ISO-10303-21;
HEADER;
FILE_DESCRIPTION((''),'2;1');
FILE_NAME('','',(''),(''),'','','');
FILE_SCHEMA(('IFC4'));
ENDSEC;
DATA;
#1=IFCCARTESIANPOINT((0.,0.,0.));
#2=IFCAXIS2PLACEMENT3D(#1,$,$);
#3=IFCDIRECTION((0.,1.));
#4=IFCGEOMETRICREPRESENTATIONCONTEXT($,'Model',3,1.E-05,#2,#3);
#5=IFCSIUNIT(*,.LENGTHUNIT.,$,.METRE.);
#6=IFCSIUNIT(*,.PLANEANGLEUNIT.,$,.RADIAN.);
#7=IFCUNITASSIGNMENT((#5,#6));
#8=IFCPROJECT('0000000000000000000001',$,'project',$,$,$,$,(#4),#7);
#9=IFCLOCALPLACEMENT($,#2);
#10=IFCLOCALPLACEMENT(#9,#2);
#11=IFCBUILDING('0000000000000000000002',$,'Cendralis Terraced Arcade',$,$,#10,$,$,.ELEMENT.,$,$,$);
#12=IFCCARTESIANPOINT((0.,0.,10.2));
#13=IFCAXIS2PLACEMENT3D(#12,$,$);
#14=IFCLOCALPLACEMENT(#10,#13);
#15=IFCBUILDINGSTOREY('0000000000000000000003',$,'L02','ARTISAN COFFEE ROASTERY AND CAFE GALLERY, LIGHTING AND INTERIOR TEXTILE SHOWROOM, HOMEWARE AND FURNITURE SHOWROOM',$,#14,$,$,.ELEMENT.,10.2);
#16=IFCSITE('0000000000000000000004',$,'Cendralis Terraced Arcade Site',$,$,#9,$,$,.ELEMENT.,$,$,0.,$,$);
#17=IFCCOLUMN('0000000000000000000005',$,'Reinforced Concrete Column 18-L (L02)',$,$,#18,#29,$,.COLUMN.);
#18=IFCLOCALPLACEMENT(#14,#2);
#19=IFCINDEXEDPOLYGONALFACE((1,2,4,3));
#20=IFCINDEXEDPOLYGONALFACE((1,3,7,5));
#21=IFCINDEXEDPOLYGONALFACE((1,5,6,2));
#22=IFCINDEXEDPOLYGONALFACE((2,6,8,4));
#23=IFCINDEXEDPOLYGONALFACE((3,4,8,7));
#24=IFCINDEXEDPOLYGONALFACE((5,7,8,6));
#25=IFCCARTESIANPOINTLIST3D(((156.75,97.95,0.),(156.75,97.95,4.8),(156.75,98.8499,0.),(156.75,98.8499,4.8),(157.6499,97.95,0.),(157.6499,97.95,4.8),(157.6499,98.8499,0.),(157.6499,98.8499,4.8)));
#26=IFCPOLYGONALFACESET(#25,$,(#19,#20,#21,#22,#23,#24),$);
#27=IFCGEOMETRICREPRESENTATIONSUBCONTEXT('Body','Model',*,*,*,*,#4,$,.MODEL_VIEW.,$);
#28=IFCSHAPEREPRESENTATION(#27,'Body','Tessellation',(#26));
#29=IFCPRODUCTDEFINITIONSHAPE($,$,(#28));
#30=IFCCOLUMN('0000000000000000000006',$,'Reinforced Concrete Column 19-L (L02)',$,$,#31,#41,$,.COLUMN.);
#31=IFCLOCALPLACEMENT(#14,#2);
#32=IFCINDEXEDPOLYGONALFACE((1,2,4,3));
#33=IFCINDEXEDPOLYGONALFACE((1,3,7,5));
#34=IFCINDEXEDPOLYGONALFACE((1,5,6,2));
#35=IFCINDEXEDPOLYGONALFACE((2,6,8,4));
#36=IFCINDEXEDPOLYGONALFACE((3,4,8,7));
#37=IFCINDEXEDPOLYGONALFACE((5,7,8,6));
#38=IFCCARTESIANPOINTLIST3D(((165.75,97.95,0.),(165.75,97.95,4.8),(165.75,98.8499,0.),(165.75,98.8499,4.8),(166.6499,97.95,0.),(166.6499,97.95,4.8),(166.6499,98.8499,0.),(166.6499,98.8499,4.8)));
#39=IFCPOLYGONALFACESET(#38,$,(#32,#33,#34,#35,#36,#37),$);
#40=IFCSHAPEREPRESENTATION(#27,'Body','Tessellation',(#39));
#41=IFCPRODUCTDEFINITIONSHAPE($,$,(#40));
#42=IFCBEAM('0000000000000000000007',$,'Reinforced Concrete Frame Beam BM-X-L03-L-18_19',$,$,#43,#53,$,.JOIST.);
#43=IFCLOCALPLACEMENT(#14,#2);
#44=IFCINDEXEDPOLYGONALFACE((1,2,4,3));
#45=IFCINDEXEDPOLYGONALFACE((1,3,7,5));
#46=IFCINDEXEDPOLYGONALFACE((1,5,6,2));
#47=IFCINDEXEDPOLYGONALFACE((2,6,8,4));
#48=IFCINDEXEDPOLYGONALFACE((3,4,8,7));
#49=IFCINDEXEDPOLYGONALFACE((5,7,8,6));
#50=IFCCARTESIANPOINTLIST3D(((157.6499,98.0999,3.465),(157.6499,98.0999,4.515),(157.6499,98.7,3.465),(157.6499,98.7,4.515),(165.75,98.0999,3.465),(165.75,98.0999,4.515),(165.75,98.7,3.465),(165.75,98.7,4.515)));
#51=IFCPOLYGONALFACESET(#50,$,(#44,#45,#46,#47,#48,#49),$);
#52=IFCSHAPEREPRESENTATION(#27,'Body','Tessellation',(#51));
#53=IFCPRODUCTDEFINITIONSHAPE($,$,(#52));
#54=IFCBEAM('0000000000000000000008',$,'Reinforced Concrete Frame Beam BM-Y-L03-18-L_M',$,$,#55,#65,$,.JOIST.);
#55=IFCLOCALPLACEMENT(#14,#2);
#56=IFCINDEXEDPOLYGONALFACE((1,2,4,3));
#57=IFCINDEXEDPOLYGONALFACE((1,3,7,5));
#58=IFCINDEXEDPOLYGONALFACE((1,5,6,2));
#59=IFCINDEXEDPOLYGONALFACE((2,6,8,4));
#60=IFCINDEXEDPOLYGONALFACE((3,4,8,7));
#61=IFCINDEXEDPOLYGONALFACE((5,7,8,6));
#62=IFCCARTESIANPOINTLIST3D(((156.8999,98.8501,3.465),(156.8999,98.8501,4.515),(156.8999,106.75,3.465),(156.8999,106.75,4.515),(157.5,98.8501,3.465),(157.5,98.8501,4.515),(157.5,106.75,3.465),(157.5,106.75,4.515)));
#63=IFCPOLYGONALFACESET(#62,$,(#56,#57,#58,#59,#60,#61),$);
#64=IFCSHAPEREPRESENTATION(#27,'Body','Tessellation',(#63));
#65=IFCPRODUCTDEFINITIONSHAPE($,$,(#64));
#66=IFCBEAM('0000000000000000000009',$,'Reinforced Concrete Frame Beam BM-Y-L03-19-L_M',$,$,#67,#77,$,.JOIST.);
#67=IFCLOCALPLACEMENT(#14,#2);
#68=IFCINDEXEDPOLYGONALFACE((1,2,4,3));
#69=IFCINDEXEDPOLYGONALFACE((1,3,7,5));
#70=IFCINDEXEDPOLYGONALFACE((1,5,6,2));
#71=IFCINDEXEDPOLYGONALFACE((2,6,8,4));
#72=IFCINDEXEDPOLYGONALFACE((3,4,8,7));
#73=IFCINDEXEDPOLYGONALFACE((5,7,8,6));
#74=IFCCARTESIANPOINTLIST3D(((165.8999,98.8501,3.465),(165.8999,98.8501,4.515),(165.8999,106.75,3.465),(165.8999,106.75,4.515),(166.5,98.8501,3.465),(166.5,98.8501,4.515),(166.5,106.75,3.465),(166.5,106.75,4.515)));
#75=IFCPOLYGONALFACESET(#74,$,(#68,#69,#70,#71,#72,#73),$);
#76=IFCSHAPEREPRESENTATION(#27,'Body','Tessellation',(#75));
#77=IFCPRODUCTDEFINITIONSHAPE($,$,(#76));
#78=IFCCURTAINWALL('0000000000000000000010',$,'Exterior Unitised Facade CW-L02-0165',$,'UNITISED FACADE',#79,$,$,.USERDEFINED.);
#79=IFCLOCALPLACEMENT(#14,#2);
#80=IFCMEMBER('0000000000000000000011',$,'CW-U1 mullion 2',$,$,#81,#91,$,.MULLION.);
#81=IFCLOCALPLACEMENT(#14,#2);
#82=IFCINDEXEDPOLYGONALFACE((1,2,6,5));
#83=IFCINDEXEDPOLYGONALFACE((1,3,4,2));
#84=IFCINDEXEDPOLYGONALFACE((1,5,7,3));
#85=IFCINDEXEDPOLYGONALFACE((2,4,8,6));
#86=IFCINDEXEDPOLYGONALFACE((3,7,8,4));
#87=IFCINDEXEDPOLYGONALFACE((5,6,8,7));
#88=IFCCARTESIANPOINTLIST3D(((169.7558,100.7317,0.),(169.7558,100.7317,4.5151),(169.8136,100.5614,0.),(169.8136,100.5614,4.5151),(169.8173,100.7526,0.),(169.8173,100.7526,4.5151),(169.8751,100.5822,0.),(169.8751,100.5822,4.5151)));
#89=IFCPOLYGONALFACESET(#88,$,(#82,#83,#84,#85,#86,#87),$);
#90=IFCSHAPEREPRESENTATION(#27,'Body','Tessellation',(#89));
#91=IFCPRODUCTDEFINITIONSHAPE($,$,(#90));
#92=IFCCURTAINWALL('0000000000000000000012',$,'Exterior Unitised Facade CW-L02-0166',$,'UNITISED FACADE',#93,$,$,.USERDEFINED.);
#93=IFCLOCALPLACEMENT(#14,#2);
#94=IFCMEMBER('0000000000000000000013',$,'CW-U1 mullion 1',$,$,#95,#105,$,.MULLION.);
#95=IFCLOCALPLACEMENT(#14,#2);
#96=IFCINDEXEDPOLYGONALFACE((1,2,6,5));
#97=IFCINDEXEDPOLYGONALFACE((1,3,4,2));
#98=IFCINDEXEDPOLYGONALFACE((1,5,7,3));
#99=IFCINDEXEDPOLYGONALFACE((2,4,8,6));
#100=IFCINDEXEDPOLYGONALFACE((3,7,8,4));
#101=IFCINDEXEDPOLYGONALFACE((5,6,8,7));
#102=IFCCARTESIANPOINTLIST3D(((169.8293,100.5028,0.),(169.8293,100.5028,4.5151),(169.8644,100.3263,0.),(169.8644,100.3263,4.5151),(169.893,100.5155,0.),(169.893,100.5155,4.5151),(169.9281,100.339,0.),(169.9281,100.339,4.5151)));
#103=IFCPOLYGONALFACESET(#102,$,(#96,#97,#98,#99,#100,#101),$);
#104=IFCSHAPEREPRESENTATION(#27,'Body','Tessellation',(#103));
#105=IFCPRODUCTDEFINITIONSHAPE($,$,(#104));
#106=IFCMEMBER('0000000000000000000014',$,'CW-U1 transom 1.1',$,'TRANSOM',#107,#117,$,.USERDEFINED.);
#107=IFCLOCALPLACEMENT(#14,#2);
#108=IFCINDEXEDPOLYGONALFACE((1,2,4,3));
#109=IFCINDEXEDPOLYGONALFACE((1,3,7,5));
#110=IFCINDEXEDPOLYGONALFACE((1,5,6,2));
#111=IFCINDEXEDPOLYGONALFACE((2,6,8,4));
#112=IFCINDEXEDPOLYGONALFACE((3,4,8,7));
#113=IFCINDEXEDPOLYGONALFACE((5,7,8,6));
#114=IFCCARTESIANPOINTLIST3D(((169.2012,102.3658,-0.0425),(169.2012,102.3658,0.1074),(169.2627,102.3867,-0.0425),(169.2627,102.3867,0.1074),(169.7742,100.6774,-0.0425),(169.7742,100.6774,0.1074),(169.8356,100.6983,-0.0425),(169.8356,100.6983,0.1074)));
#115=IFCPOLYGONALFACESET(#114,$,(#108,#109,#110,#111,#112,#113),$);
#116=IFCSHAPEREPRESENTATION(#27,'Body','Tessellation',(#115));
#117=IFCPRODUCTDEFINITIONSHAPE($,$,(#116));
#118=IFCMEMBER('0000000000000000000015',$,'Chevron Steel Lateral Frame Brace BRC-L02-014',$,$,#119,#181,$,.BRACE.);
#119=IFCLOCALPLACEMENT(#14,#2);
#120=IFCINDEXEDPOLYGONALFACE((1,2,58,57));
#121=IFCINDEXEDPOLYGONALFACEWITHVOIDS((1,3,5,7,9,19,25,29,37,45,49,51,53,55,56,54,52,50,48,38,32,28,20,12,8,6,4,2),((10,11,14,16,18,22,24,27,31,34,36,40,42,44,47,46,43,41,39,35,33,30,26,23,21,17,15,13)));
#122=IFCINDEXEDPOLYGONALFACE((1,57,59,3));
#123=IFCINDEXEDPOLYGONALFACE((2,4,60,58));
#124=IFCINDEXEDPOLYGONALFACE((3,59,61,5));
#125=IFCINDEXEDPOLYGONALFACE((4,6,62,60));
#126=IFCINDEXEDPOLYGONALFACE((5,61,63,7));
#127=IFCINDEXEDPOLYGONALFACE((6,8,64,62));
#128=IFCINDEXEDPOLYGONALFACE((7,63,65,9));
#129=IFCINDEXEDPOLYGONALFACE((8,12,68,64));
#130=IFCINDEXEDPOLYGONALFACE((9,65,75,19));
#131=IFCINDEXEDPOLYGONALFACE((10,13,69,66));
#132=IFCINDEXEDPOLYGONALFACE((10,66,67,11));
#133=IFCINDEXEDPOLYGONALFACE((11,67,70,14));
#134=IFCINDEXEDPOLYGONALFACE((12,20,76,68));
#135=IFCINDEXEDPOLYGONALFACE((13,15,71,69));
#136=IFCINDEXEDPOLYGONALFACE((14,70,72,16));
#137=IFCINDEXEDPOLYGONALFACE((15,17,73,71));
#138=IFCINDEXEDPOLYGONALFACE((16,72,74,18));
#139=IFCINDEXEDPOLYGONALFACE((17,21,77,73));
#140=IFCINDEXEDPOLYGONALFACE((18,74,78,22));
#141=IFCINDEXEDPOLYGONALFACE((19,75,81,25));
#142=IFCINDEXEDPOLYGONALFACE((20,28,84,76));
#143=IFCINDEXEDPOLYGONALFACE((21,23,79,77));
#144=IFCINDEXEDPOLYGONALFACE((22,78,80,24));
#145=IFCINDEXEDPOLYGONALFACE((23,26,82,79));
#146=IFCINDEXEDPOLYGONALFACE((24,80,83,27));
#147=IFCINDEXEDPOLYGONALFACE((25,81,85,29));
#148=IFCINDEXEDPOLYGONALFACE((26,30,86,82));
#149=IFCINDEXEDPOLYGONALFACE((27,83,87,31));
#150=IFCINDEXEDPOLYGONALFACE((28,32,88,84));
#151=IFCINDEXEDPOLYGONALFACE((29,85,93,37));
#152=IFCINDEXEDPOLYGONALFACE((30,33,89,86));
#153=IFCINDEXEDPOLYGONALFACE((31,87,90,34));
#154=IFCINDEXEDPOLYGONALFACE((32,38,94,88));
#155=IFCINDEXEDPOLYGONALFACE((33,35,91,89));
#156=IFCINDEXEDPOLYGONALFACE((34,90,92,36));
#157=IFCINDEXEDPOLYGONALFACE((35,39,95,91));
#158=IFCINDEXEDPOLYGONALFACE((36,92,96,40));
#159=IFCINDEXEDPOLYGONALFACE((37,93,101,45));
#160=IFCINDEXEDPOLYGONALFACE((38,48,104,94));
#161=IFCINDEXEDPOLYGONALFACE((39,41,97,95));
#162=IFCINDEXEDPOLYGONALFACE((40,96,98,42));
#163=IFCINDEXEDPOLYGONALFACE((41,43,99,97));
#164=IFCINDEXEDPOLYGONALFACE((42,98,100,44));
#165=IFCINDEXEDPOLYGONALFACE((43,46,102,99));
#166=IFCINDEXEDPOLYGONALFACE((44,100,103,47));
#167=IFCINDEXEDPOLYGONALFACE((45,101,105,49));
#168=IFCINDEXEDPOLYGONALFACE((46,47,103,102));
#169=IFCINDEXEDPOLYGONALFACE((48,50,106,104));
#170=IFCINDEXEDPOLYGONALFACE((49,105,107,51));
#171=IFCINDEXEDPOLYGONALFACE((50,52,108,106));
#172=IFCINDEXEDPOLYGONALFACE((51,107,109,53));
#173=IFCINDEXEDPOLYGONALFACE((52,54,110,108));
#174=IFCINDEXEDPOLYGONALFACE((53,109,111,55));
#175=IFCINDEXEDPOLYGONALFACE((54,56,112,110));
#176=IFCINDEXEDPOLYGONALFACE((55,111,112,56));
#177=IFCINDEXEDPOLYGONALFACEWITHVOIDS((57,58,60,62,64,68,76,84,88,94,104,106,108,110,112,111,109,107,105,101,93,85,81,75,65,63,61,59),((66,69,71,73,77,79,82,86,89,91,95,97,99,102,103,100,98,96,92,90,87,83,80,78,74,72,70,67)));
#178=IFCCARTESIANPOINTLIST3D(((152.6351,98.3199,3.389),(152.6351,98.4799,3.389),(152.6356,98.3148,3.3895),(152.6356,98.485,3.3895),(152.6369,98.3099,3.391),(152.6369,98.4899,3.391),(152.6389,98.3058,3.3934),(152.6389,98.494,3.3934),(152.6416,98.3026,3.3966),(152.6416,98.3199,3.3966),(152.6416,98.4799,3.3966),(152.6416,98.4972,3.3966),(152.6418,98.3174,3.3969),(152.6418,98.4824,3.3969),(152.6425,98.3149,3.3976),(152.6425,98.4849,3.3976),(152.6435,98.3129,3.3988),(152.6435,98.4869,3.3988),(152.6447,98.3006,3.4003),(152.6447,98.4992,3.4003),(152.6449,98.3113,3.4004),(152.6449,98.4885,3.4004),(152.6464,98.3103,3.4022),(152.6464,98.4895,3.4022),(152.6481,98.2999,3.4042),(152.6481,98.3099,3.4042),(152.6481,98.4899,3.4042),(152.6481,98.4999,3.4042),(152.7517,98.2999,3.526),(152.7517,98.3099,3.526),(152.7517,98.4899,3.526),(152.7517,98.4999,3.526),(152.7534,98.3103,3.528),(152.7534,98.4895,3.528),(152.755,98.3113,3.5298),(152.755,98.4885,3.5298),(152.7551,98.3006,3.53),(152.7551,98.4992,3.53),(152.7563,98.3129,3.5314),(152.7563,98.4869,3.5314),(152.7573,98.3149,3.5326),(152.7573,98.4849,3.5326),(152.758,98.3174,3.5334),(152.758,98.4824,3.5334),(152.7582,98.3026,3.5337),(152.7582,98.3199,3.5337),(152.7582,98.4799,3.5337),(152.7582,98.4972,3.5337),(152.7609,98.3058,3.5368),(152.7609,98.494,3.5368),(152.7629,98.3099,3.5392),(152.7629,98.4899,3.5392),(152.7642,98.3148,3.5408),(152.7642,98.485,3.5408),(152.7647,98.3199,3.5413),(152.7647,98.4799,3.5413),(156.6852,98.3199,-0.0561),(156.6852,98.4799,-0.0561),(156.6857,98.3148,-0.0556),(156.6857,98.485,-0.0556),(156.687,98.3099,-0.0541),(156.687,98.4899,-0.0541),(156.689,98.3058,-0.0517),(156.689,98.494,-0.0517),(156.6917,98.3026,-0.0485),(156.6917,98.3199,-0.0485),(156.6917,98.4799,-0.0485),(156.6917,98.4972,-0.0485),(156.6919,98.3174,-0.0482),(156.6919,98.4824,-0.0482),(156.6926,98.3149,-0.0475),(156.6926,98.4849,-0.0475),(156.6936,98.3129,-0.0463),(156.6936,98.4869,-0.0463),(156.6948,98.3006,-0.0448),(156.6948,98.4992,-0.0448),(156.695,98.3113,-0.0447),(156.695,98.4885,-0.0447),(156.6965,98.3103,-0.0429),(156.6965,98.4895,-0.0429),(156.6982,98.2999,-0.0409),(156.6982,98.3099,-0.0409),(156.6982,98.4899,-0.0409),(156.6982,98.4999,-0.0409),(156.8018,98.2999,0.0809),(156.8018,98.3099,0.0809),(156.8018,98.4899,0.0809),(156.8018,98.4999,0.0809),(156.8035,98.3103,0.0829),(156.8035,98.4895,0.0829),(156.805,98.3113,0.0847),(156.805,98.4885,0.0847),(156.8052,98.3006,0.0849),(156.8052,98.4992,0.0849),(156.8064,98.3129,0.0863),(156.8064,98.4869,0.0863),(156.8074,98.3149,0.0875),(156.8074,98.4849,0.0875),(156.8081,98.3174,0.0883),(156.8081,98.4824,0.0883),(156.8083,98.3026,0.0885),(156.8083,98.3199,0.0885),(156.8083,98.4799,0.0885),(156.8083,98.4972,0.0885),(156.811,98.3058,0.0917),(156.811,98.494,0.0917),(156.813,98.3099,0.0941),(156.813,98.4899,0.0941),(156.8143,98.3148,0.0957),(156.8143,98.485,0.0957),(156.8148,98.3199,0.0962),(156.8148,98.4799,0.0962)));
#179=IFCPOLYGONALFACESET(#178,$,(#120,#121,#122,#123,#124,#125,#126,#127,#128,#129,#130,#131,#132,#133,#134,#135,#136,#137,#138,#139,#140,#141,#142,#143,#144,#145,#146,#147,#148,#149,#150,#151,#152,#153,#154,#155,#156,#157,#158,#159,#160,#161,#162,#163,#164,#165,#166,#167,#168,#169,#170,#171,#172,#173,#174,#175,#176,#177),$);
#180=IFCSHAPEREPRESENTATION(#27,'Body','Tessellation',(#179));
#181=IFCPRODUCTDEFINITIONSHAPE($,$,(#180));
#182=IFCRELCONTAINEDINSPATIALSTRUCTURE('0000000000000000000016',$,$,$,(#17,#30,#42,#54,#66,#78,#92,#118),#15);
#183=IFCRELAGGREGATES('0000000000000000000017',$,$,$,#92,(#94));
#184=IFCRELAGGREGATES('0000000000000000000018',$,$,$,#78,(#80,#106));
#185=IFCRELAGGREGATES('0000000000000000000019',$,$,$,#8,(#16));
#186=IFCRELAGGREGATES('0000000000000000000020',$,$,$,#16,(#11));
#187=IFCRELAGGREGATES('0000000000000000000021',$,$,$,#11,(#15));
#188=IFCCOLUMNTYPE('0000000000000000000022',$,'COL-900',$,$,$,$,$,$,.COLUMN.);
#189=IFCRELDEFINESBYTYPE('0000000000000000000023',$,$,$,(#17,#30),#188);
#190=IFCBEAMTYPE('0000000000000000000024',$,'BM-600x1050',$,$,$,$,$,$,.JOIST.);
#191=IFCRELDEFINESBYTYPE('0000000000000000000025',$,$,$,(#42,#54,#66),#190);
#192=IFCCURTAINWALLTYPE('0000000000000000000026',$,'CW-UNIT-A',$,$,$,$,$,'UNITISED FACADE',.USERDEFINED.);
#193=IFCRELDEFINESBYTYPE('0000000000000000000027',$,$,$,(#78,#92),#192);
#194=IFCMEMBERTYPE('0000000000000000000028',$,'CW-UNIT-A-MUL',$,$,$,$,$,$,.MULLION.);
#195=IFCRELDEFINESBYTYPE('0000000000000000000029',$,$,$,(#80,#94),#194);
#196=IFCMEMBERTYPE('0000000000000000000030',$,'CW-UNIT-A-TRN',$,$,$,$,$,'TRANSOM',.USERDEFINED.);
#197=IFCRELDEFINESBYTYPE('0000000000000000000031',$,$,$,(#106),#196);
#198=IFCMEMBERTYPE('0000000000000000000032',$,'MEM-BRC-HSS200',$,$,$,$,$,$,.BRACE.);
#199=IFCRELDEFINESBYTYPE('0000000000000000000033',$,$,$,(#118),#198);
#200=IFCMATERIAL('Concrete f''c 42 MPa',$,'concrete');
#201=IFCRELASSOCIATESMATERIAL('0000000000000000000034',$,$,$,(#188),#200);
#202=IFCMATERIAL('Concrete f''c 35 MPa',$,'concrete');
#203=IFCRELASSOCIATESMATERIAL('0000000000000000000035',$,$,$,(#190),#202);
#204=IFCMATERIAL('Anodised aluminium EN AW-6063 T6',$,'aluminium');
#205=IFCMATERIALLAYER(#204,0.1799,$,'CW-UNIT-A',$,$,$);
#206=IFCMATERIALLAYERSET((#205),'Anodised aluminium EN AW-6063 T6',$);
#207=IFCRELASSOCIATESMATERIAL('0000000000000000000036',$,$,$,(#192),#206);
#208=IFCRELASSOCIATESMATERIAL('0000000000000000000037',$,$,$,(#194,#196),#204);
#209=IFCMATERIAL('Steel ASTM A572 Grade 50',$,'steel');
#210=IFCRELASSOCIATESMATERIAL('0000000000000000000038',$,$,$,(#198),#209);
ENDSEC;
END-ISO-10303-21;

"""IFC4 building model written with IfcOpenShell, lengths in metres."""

from ifc_helpers import new_model, si_unit, direction, frame, origin, origin_2d, place, context, subcontext, project, spatial, rectangle, hollow_rectangle, extrude, material, layer, layer_set, material_profile, profile_set, type_object, element, aggregate, save


model = new_model("IFC4")

# Units and contexts
model_context = context("Model", 3, precision=1e-05, world=origin(), true_north=direction((0.0, 1.0)))
body_context = subcontext(model_context, "Body", "Model", "MODEL_VIEW")
ifc_project = project(units=[si_unit("LENGTHUNIT", "METRE"), si_unit("PLANEANGLEUNIT", "RADIAN")], contexts=[model_context])

# Site, building, storey
site_placement = place(None, origin())
site = spatial("IfcSite", under=ifc_project, at=site_placement, Name="Cendralis Terraced Arcade Site", CompositionType="ELEMENT", RefElevation=0.0)
building_placement = place(site_placement, origin())
building = spatial("IfcBuilding", under=site, at=building_placement, Name="Cendralis Terraced Arcade", CompositionType="ELEMENT")
storey_placement = place(building_placement, frame((0.0, 0.0, 10.2)))
storey = spatial("IfcBuildingStorey", under=building, at=storey_placement, Name="L02", Description="ARTISAN COFFEE ROASTERY AND CAFE GALLERY, LIGHTING AND INTERIOR TEXTILE SHOWROOM, HOMEWARE AND FURNITURE SHOWROOM", CompositionType="ELEMENT", Elevation=10.2)

# Columns
ifc_material_1 = material(Name="Concrete f'c 42 MPa", Category="concrete")
ifc_material_profile_1 = material_profile(ifc_material_1, rectangle(XDim=0.8999, YDim=0.8999, at=origin_2d()), Name="RC-COL-900x900", Category="LoadBearing")
ifc_profile_set_1 = profile_set([ifc_material_profile_1], Name="Concrete f'c 42 MPa")
column_type = type_object("IfcColumnType", Name="COL-900", PredefinedType="COLUMN", material=ifc_profile_set_1)
for number, where, z_axis, x_axis, name in (
    (1, (157.2, 98.3999, 0.0), (0.0, 0.0, 1.0), (1.0, 0.0, 0.0), "Reinforced Concrete Column 18-L (L02)"),
    (2, (166.2, 98.3999, 0.0), (0.0, 0.0, 1.0), (1.0, 0.0, 0.0), "Reinforced Concrete Column 19-L (L02)"),
):
    element("IfcColumn", number, at=place(storey_placement, frame(where, z_axis=z_axis, x_axis=x_axis)), inside=storey, type_object=column_type, Name=name, PredefinedType="COLUMN", context=body_context, shape_type="SweptSolid", body=[
        extrude(rectangle(XDim=0.8999, YDim=0.8999, at=origin_2d()), origin(), (0.0, 0.0, 1.0), 4.8),
    ])

# Beams
ifc_material_2 = material(Name="Concrete f'c 35 MPa", Category="concrete")
ifc_material_profile_2 = material_profile(ifc_material_2, rectangle(XDim=0.6001, YDim=1.05, at=origin_2d()), Name="RC-BM-600x1050", Category="LoadBearing")
ifc_profile_set_2 = profile_set([ifc_material_profile_2], Name="Concrete f'c 35 MPa")
beam_type = type_object("IfcBeamType", Name="BM-600x1050", PredefinedType="JOIST", material=ifc_profile_set_2)
beam_placement = place(storey_placement, frame((157.6499, 98.3999, 3.99), z_axis=(1.0, 0.0, 0.0), x_axis=(0.0, 1.0, 0.0)))
element("IfcBeam", 3, at=beam_placement, inside=storey, type_object=beam_type, Name="Reinforced Concrete Frame Beam BM-X-L03-L-18_19", PredefinedType="JOIST", context=body_context, shape_type="SweptSolid", body=[
    extrude(rectangle(XDim=0.6001, YDim=1.05, at=origin_2d()), origin(), (0.0, 0.0, 1.0), 8.1001),
])
for number, where, z_axis, x_axis, name in (
    (4, (157.2, 98.8501, 3.99), (0.0, 1.0, 0.0), (-1.0, 0.0, 0.0), "Reinforced Concrete Frame Beam BM-Y-L03-18-L_M"),
    (5, (166.2, 98.8501, 3.99), (0.0, 1.0, 0.0), (-1.0, 0.0, 0.0), "Reinforced Concrete Frame Beam BM-Y-L03-19-L_M"),
):
    element("IfcBeam", number, at=place(storey_placement, frame(where, z_axis=z_axis, x_axis=x_axis)), inside=storey, type_object=beam_type, Name=name, PredefinedType="JOIST", context=body_context, shape_type="SweptSolid", body=[
        extrude(rectangle(XDim=0.6001, YDim=1.05, at=origin_2d()), origin(), (0.0, 0.0, 1.0), 7.8999),
    ])

# Curtain walls, members
ifc_material_3 = material(Name="Anodised aluminium EN AW-6063 T6", Category="aluminium")
ifc_layer_1 = layer(ifc_material_3, 0.1799, Name="CW-UNIT-A")
ifc_layer_set_1 = layer_set([ifc_layer_1], Name="Anodised aluminium EN AW-6063 T6")
curtain_wall_type = type_object("IfcCurtainWallType", Name="CW-UNIT-A", ElementType="UNITISED FACADE", PredefinedType="USERDEFINED", material=ifc_layer_set_1)
curtain_wall_1_placement = place(storey_placement, origin())
curtain_wall_1 = element("IfcCurtainWall", 6, at=curtain_wall_1_placement, inside=storey, type_object=curtain_wall_type, Name="Exterior Unitised Facade CW-L02-0165", ObjectType="UNITISED FACADE", PredefinedType="USERDEFINED")
ifc_material_profile_3 = material_profile(ifc_material_3, rectangle(XDim=0.0649, YDim=0.1799, at=origin_2d()), Name="ALU-MUL-65x180")
ifc_profile_set_3 = profile_set([ifc_material_profile_3], Name="Anodised aluminium EN AW-6063 T6")
member_type_1 = type_object("IfcMemberType", Name="CW-UNIT-A-MUL", PredefinedType="MULLION", material=ifc_profile_set_3)
member_1_placement = place(storey_placement, frame((169.8154, 100.657, 0.0), z_axis=(0.0, 0.0, 1.0), x_axis=(0.946928, 0.321445, 0.0)))
member_1 = element("IfcMember", 7, at=member_1_placement, type_object=member_type_1, Name="CW-U1 mullion 2", PredefinedType="MULLION", context=body_context, shape_type="SweptSolid", body=[
    extrude(rectangle(XDim=0.0649, YDim=0.1799, at=origin_2d()), origin(), (0.0, 0.0, 1.0), 4.5151),
])
curtain_wall_2_placement = place(storey_placement, origin())
curtain_wall_2 = element("IfcCurtainWall", 8, at=curtain_wall_2_placement, inside=storey, type_object=curtain_wall_type, Name="Exterior Unitised Facade CW-L02-0166", ObjectType="UNITISED FACADE", PredefinedType="USERDEFINED")
member_2_placement = place(storey_placement, frame((169.8787, 100.4209, 0.0), z_axis=(0.0, 0.0, 1.0), x_axis=(0.980793, 0.19505, 0.0)))
member_2 = element("IfcMember", 9, at=member_2_placement, type_object=member_type_1, Name="CW-U1 mullion 1", PredefinedType="MULLION", context=body_context, shape_type="SweptSolid", body=[
    extrude(rectangle(XDim=0.0649, YDim=0.1799, at=origin_2d()), origin(), (0.0, 0.0, 1.0), 4.5151),
])
aggregate(curtain_wall_2, [member_2])

# Member
ifc_material_profile_4 = material_profile(ifc_material_3, rectangle(XDim=0.0649, YDim=0.1499, at=origin_2d()), Name="ALU-TRN-65x150")
ifc_profile_set_4 = profile_set([ifc_material_profile_4], Name="Anodised aluminium EN AW-6063 T6")
member_type_2 = type_object("IfcMemberType", Name="CW-UNIT-A-TRN", ElementType="TRANSOM", PredefinedType="USERDEFINED", material=ifc_profile_set_4)
member_3_placement = place(storey_placement, frame((169.2319, 102.3762, 0.0325), z_axis=(0.321358, -0.946958, 0.0), x_axis=(0.946958, 0.321358, 0.0)))
member_3 = element("IfcMember", 10, at=member_3_placement, type_object=member_type_2, Name="CW-U1 transom 1.1", ObjectType="TRANSOM", PredefinedType="USERDEFINED", context=body_context, shape_type="SweptSolid", body=[
    extrude(rectangle(XDim=0.0649, YDim=0.1499, at=origin_2d()), origin(), (0.0, 0.0, 1.0), 1.783),
])

# Member
ifc_material_4 = material(Name="Steel ASTM A572 Grade 50", Category="steel")
ifc_material_profile_5 = material_profile(ifc_material_4, hollow_rectangle(XDim=0.2, YDim=0.2, WallThickness=0.01, InnerFilletRadius=0.01, OuterFilletRadius=0.02, at=origin_2d()), Name="HSS200X200X10", Category="LoadBearing")
ifc_profile_set_5 = profile_set([ifc_material_profile_5], Name="Steel ASTM A572 Grade 50")
member_type_3 = type_object("IfcMemberType", Name="MEM-BRC-HSS200", PredefinedType="BRACE", material=ifc_profile_set_5)
member_4_placement = place(storey_placement, frame((156.75, 98.3999, 0.02), z_axis=(-0.761705, 0.0, 0.647924), x_axis=(0.0, -1.0, 0.0)))
element("IfcMember", 11, at=member_4_placement, inside=storey, type_object=member_type_3, Name="Chevron Steel Lateral Frame Brace BRC-L02-014", PredefinedType="BRACE", context=body_context, shape_type="SweptSolid", body=[
    extrude(hollow_rectangle(XDim=0.2, YDim=0.2, WallThickness=0.01, InnerFilletRadius=0.01, OuterFilletRadius=0.02, at=origin_2d()), origin(), (0.0, 0.0, 1.0), 5.3171),
])

aggregate(curtain_wall_1, [member_1, member_3])

save(model, "model.ifc")
